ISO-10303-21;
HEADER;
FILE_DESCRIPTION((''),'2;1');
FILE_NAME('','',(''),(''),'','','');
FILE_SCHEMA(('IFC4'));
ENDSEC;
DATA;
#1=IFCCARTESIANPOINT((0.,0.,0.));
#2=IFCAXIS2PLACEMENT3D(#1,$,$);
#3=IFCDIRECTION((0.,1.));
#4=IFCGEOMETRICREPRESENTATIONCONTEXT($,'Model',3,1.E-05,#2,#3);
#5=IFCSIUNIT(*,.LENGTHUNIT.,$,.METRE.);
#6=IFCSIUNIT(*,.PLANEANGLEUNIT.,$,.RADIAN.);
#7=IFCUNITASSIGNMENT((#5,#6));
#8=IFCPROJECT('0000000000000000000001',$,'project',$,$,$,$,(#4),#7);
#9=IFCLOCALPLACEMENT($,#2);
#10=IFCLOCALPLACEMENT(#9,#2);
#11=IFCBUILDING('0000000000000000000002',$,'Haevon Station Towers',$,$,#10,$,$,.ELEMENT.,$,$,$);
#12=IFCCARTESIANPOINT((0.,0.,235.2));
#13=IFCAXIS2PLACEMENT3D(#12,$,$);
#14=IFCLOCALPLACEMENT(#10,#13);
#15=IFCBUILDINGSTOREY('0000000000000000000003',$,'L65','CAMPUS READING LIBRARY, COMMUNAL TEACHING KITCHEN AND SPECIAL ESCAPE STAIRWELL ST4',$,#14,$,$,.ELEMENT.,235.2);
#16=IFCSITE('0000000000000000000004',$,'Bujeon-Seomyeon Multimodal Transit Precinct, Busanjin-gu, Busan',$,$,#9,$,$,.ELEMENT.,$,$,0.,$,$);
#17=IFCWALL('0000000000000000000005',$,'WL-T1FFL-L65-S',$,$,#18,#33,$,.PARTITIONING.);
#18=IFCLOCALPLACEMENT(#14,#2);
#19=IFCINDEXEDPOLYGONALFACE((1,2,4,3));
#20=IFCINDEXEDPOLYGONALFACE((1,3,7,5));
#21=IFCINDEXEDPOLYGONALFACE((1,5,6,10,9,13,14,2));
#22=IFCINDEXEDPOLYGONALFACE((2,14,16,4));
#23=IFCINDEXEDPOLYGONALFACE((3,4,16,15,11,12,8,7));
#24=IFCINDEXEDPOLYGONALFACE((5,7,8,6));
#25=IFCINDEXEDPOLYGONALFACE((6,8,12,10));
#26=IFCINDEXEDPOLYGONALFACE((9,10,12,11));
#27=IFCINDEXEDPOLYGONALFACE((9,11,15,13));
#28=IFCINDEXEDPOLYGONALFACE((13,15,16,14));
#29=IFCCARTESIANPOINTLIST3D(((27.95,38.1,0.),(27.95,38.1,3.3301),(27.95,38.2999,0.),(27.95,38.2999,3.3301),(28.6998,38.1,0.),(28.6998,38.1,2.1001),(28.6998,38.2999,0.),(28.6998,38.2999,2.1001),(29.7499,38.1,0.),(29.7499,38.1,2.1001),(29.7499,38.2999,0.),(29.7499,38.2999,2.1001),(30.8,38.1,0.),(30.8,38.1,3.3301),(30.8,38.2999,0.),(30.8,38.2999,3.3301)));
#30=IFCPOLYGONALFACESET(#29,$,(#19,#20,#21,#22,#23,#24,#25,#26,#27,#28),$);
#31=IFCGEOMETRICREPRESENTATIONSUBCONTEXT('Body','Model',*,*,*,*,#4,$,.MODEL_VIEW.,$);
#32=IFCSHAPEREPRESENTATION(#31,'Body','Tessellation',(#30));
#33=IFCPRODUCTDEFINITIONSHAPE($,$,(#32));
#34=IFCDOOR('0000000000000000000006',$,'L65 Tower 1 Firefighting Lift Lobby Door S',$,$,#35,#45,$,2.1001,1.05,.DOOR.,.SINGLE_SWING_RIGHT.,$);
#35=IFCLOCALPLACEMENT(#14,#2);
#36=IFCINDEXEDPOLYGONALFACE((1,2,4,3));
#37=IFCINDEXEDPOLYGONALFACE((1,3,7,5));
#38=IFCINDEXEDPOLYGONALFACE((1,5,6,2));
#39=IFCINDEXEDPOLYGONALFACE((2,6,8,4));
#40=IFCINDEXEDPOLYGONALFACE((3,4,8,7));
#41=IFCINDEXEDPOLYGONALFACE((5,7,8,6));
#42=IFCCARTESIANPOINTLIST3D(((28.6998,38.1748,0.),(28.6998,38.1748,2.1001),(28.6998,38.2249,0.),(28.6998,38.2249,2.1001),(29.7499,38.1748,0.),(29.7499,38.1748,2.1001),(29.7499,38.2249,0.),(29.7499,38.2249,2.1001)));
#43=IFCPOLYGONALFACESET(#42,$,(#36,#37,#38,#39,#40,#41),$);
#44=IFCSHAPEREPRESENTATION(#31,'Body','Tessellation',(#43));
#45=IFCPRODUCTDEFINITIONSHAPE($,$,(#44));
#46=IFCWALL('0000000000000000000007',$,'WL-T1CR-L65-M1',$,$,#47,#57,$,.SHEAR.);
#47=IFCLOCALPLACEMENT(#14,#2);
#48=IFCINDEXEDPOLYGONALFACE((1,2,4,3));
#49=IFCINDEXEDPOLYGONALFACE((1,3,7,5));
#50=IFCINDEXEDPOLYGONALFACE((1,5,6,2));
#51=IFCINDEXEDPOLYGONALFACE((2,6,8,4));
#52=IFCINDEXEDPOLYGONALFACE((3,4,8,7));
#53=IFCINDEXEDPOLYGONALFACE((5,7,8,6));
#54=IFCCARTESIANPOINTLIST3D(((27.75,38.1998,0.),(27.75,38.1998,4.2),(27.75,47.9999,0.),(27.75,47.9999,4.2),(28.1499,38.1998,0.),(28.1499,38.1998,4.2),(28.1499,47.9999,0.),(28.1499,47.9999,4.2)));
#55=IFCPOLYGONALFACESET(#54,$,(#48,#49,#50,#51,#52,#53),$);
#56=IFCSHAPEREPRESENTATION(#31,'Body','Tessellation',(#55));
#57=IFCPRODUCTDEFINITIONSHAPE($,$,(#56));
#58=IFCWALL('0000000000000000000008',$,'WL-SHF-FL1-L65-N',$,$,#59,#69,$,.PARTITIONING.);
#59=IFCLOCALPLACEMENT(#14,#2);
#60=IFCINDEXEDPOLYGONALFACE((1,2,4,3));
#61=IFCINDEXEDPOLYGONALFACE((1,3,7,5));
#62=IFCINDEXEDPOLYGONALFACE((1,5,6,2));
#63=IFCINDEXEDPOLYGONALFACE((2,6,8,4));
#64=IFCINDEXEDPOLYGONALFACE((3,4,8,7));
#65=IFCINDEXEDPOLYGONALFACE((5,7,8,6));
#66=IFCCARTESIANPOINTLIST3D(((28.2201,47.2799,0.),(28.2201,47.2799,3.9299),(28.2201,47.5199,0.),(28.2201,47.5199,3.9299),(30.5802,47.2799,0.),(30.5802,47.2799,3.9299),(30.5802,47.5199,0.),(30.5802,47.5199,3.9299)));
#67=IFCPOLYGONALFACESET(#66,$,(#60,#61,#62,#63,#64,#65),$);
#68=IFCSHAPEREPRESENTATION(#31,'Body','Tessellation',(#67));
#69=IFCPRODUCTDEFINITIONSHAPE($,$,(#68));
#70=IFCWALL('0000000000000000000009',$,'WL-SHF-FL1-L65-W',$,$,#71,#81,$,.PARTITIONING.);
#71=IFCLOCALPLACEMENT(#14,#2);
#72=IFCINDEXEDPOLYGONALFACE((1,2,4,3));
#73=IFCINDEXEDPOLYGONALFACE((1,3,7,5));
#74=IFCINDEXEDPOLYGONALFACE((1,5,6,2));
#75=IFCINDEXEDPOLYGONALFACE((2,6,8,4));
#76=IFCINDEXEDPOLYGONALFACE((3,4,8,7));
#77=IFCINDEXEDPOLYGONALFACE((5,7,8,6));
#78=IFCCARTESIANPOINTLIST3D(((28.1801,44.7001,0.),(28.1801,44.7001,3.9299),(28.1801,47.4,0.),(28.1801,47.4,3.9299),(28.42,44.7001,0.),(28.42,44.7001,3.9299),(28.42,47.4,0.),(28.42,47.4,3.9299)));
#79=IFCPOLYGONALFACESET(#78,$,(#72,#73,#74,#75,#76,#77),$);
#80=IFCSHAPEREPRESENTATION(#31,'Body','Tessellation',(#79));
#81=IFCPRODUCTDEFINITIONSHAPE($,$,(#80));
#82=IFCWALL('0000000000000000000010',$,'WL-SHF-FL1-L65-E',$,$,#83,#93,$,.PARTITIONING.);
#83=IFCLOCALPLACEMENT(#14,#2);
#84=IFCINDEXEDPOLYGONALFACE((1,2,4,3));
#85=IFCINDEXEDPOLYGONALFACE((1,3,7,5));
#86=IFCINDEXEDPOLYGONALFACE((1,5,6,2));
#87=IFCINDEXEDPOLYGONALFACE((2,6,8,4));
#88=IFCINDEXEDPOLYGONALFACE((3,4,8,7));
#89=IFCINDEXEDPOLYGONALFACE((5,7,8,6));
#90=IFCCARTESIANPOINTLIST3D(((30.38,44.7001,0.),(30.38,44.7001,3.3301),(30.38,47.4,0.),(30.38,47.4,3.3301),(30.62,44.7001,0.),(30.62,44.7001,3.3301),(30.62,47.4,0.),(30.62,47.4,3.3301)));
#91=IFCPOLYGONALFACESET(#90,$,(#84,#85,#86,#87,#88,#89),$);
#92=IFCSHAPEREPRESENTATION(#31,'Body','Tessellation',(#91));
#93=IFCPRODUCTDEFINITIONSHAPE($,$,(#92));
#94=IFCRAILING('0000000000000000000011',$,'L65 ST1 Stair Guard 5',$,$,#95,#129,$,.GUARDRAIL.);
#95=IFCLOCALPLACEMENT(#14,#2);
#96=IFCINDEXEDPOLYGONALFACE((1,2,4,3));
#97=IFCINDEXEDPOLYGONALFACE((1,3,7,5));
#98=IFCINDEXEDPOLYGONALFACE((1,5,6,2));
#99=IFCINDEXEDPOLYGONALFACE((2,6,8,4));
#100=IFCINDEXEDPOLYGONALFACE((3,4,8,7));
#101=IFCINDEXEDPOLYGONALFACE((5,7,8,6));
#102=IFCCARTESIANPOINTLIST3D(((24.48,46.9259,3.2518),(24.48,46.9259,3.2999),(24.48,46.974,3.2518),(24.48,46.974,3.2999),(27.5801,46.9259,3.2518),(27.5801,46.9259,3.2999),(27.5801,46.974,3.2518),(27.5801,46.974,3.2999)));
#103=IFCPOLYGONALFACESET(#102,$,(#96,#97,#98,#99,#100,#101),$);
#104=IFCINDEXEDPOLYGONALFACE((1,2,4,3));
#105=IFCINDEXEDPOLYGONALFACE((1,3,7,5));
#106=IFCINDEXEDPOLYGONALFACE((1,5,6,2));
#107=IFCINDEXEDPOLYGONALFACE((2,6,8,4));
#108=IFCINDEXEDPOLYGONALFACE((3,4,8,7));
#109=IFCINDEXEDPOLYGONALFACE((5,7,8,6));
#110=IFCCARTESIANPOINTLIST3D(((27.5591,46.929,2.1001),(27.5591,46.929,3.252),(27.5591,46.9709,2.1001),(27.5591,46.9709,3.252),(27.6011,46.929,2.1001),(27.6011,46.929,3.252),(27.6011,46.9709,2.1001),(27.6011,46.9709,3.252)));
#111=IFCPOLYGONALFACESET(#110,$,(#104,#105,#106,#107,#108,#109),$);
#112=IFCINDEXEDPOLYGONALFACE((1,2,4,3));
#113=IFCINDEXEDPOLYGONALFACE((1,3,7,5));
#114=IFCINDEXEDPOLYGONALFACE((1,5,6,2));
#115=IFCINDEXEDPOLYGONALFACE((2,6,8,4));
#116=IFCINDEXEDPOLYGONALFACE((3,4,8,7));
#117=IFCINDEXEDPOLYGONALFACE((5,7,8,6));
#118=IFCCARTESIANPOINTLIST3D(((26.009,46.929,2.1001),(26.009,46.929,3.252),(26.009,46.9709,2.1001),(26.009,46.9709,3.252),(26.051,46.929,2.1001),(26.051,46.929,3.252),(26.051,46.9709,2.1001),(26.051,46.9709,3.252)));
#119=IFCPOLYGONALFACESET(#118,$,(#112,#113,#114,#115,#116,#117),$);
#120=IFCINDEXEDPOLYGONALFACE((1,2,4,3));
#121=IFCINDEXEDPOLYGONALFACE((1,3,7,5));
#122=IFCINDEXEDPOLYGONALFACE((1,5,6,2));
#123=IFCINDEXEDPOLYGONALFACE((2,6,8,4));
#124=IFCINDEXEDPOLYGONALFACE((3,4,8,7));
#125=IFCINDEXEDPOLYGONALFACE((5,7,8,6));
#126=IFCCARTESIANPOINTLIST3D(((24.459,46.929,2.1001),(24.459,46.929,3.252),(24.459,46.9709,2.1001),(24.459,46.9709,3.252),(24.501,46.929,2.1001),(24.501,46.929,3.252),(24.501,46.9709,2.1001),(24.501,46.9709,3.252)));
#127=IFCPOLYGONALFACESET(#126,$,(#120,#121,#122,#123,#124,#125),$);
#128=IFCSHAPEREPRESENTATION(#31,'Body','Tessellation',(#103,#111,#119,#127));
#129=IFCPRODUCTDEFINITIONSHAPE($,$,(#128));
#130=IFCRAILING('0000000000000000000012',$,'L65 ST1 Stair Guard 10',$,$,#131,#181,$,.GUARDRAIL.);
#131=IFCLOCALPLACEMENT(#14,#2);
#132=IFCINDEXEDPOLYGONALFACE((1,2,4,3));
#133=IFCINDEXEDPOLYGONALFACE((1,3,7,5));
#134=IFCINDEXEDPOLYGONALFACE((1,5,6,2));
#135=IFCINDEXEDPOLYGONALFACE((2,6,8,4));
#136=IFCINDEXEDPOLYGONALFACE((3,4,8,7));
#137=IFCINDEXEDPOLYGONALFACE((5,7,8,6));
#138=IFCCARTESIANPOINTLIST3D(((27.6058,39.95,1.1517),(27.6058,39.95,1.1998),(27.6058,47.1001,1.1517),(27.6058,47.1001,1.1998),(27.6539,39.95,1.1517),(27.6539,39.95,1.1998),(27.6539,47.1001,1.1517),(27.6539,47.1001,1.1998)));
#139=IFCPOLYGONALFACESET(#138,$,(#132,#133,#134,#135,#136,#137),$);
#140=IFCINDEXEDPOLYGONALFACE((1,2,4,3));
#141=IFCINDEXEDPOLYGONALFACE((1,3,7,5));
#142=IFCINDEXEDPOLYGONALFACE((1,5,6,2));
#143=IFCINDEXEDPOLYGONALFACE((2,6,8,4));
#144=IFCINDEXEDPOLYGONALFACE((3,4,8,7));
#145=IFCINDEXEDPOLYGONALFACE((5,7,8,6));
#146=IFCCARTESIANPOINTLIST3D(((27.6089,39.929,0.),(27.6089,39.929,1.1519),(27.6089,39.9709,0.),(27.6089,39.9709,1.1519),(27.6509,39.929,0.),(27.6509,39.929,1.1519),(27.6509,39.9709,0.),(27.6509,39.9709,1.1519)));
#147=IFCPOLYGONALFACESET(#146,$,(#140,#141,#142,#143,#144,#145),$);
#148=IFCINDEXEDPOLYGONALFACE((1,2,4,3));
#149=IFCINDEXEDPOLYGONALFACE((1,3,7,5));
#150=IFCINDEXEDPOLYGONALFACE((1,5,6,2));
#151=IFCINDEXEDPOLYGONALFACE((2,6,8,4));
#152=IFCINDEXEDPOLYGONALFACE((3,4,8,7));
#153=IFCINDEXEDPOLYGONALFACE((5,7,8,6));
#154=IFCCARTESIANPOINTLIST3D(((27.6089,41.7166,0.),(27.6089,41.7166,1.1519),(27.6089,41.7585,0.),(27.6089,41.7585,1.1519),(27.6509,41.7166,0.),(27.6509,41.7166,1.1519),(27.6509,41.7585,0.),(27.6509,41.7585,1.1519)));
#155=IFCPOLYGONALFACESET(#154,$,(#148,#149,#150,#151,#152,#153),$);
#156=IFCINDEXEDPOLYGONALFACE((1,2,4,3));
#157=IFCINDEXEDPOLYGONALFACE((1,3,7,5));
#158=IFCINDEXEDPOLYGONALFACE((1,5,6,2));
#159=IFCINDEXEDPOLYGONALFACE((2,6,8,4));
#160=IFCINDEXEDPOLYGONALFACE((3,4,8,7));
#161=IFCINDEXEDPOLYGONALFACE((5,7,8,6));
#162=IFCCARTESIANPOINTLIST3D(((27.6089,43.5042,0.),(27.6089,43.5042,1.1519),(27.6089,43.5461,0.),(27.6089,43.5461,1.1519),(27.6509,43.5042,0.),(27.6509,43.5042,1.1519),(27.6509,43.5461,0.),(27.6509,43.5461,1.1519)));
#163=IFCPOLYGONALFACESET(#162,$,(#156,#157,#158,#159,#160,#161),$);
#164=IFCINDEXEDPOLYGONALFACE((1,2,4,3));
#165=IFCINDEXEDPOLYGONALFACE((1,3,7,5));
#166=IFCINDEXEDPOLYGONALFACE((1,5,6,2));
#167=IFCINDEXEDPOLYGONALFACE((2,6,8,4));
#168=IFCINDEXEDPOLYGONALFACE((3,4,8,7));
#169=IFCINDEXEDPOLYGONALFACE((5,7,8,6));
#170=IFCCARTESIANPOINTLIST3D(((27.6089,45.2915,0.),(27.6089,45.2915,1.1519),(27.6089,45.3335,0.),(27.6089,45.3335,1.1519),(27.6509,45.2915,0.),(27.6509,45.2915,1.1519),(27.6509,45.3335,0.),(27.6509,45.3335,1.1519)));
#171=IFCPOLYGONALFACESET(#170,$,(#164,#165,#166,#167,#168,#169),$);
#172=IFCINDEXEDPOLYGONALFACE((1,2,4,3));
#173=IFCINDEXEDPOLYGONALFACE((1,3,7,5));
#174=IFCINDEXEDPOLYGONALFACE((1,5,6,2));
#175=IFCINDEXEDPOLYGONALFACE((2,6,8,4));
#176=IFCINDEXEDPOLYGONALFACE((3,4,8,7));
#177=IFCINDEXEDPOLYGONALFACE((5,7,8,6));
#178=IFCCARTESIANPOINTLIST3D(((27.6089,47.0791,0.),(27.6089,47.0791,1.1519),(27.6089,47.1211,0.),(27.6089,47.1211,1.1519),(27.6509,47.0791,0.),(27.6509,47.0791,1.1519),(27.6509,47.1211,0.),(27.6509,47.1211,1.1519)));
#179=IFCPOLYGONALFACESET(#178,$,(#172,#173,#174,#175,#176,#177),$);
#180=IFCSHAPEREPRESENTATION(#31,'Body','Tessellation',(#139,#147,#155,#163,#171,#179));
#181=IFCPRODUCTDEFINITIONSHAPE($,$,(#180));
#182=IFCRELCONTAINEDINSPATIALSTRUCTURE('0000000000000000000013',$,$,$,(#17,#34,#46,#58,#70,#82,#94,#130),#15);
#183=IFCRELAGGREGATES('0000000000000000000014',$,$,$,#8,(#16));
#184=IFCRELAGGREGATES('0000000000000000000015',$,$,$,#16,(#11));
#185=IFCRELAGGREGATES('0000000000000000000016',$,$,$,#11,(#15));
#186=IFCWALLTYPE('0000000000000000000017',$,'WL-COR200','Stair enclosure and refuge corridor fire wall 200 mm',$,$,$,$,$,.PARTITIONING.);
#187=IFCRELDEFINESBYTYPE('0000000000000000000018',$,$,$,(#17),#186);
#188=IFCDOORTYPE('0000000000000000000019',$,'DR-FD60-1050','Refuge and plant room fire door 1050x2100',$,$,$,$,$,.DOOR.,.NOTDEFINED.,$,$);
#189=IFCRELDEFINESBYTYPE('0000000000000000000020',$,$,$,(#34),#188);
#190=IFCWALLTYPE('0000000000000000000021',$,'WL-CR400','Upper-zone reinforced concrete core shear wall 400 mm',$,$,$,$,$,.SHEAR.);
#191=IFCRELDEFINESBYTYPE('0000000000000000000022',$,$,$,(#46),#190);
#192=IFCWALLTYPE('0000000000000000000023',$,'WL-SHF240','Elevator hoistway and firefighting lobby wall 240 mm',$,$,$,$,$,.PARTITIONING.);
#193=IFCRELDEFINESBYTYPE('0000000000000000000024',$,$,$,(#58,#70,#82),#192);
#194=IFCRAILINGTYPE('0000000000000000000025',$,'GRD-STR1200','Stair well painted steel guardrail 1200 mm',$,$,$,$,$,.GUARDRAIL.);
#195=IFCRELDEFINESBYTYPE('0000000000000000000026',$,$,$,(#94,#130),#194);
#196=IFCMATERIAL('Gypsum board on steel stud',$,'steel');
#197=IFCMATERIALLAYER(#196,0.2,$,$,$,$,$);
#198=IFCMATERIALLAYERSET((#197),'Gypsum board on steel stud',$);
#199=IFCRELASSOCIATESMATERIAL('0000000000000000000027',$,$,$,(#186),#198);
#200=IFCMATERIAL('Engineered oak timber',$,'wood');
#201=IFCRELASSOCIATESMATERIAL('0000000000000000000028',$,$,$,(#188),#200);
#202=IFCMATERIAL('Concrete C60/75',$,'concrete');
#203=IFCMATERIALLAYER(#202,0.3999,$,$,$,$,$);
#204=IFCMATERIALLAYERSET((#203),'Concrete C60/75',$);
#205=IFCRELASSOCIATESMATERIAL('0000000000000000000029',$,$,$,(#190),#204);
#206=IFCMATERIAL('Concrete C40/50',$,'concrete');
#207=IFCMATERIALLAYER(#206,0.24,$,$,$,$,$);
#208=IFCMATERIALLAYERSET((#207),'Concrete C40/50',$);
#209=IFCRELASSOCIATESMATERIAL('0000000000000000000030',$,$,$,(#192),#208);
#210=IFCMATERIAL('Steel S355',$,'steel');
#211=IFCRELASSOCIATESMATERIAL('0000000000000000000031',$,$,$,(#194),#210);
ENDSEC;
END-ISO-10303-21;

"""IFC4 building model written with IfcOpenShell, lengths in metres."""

from ifc_helpers import new_model, si_unit, direction, frame, frame_2d, origin, origin_2d, place, context, subcontext, project, spatial, rectangle, extrude, material, layer, layer_set, type_object, element, fill, save


model = new_model("IFC4")

# Units and contexts
model_context = context("Model", 3, precision=1e-05, world=origin(), true_north=direction((0.0, 1.0)))
body_context = subcontext(model_context, "Body", "Model", "MODEL_VIEW")
ifc_project = project(units=[si_unit("LENGTHUNIT", "METRE"), si_unit("PLANEANGLEUNIT", "RADIAN")], contexts=[model_context])

# Site, building, storey
site_placement = place(None, origin())
site = spatial("IfcSite", under=ifc_project, at=site_placement, Name="Bujeon-Seomyeon Multimodal Transit Precinct, Busanjin-gu, Busan", CompositionType="ELEMENT", RefElevation=0.0)
building_placement = place(site_placement, origin())
building = spatial("IfcBuilding", under=site, at=building_placement, Name="Haevon Station Towers", CompositionType="ELEMENT")
storey_placement = place(building_placement, frame((0.0, 0.0, 235.2)))
storey = spatial("IfcBuildingStorey", under=building, at=storey_placement, Name="L65", Description="CAMPUS READING LIBRARY, COMMUNAL TEACHING KITCHEN AND SPECIAL ESCAPE STAIRWELL ST4", CompositionType="ELEMENT", Elevation=235.2)

# Shared definitions
ifc_material_1 = material(Name="Steel S355", Category="steel")

# Wall, opening, door
ifc_material_2 = material(Name="Gypsum board on steel stud", Category="steel")
ifc_layer_1 = layer(ifc_material_2, 0.2)
ifc_layer_set_1 = layer_set([ifc_layer_1], Name="Gypsum board on steel stud")
wall_type_1 = type_object("IfcWallType", Name="WL-COR200", Description="Stair enclosure and refuge corridor fire wall 200 mm", PredefinedType="PARTITIONING", material=ifc_layer_set_1)
ifc_material_3 = material(Name="Engineered oak timber", Category="wood")
door_type_1 = type_object("IfcDoorType", Name="DR-FD60-1050", Description="Refuge and plant room fire door 1050x2100", OperationType="NOTDEFINED", PredefinedType="DOOR", material=ifc_material_3)
wall_1_placement = place(storey_placement, frame((27.95, 38.2, 0.0), z_axis=(0.0, 0.0, 1.0), x_axis=(1.0, 0.0, 0.0)))
wall_1 = element("IfcWall", 1, at=wall_1_placement, inside=storey, type_object=wall_type_1, Name="WL-T1FFL-L65-S", PredefinedType="PARTITIONING", context=body_context, shape_type="SweptSolid", body=[
    extrude(rectangle(XDim=2.8501, YDim=0.2, at=frame_2d((1.425, 0.0))), origin(), (0.0, 0.0, 1.0), 3.3301),
])
opening_1_placement = place(wall_1_placement, frame((0.75, 0.0, 0.0)))
opening_1 = element("IfcOpeningElement", 2, at=opening_1_placement, cuts=wall_1, PredefinedType="OPENING", context=body_context, shape_type="SweptSolid", body=[
    extrude(rectangle(XDim=1.05, YDim=2.1001, at=frame_2d((0.5249, 1.05))), frame((0.0, 0.1099, 0.0), z_axis=(0.0, -1.0, 0.0), x_axis=(1.0, 0.0, 0.0)), (0.0, 0.0, 1.0), 0.22),
])
door_1_placement = place(opening_1_placement, origin())
door_1 = element("IfcDoor", 3, at=door_1_placement, inside=storey, type_object=door_type_1, Name="L65 Tower 1 Firefighting Lift Lobby Door S", OperationType="SINGLE_SWING_RIGHT", OverallHeight=2.1001, OverallWidth=1.05, PredefinedType="DOOR", context=body_context, shape_type="SweptSolid", body=[
    extrude(rectangle(XDim=1.05, YDim=2.1001, at=frame_2d((0.5249, 1.05))), frame((0.0, 0.0249, 0.0), z_axis=(0.0, -1.0, 0.0), x_axis=(1.0, 0.0, 0.0)), (0.0, 0.0, 1.0), 0.05),
])
fill(opening_1, door_1)

# Wall
ifc_material_4 = material(Name="Concrete C60/75", Category="concrete")
ifc_layer_2 = layer(ifc_material_4, 0.3999)
ifc_layer_set_2 = layer_set([ifc_layer_2], Name="Concrete C60/75")
wall_type_2 = type_object("IfcWallType", Name="WL-CR400", Description="Upper-zone reinforced concrete core shear wall 400 mm", PredefinedType="SHEAR", material=ifc_layer_set_2)
wall_2_placement = place(storey_placement, frame((27.95, 38.2, 0.0), z_axis=(0.0, 0.0, 1.0), x_axis=(0.0, 1.0, 0.0)))
element("IfcWall", 4, at=wall_2_placement, inside=storey, type_object=wall_type_2, Name="WL-T1CR-L65-M1", PredefinedType="SHEAR", context=body_context, shape_type="SweptSolid", body=[
    extrude(rectangle(XDim=9.8, YDim=0.3999, at=frame_2d((4.8999, 0.0))), origin(), (0.0, 0.0, 1.0), 4.2),
])

# Shared definitions
ifc_material_5 = material(Name="Concrete C40/50", Category="concrete")
ifc_layer_3 = layer(ifc_material_5, 0.24)
ifc_layer_set_3 = layer_set([ifc_layer_3], Name="Concrete C40/50")
wall_type_3 = type_object("IfcWallType", Name="WL-SHF240", Description="Elevator hoistway and firefighting lobby wall 240 mm", PredefinedType="PARTITIONING", material=ifc_layer_set_3)

# Walls
wall_3_placement = place(storey_placement, frame((28.22, 47.3999, 0.0), z_axis=(0.0, 0.0, 1.0), x_axis=(1.0, 0.0, 0.0)))
element("IfcWall", 5, at=wall_3_placement, inside=storey, type_object=wall_type_3, Name="WL-SHF-FL1-L65-N", PredefinedType="PARTITIONING", context=body_context, shape_type="SweptSolid", body=[
    extrude(rectangle(XDim=2.3601, YDim=0.24, at=frame_2d((1.1802, 0.0))), origin(), (0.0, 0.0, 1.0), 3.9299),
])
wall_4_placement = place(storey_placement, frame((28.3, 44.7, 0.0), z_axis=(0.0, 0.0, 1.0), x_axis=(0.0, 1.0, 0.0)))
element("IfcWall", 6, at=wall_4_placement, inside=storey, type_object=wall_type_3, Name="WL-SHF-FL1-L65-W", PredefinedType="PARTITIONING", context=body_context, shape_type="SweptSolid", body=[
    extrude(rectangle(XDim=2.7, YDim=0.24, at=frame_2d((1.3501, 0.0))), origin(), (0.0, 0.0, 1.0), 3.9299),
])
wall_5_placement = place(storey_placement, frame((30.5, 44.7, 0.0), z_axis=(0.0, 0.0, 1.0), x_axis=(0.0, 1.0, 0.0)))
element("IfcWall", 7, at=wall_5_placement, inside=storey, type_object=wall_type_3, Name="WL-SHF-FL1-L65-E", PredefinedType="PARTITIONING", context=body_context, shape_type="SweptSolid", body=[
    extrude(rectangle(XDim=2.7, YDim=0.24, at=frame_2d((1.3501, 0.0))), origin(), (0.0, 0.0, 1.0), 3.3301),
])

# Railings
railing_type = type_object("IfcRailingType", Name="GRD-STR1200", Description="Stair well painted steel guardrail 1200 mm", PredefinedType="GUARDRAIL", material=ifc_material_1)
railing_1_placement = place(storey_placement, frame((27.5801, 46.95, 2.1001)))
element("IfcRailing", 8, at=railing_1_placement, inside=storey, type_object=railing_type, Name="L65 ST1 Stair Guard 5", PredefinedType="GUARDRAIL", context=body_context, shape_type="SweptSolid", body=[
    extrude(rectangle(XDim=0.0481, YDim=0.0481, at=origin_2d()), frame((0.0, 0.0, 1.1758), z_axis=(-1.0, 0.0, 0.0), x_axis=(0.0, -1.0, 0.0)), (0.0, 0.0, 1.0), 3.1001),
    extrude(rectangle(XDim=0.042, YDim=0.042, at=origin_2d()), origin(), (0.0, 0.0, 1.0), 1.1519),
    extrude(rectangle(XDim=0.042, YDim=0.042, at=origin_2d()), frame((-1.55, 0.0, 0.0)), (0.0, 0.0, 1.0), 1.1519),
    extrude(rectangle(XDim=0.042, YDim=0.042, at=origin_2d()), frame((-3.1001, 0.0, 0.0)), (0.0, 0.0, 1.0), 1.1519),
])
railing_2_placement = place(storey_placement, frame((27.6299, 39.95, 0.0)))
element("IfcRailing", 9, at=railing_2_placement, inside=storey, type_object=railing_type, Name="L65 ST1 Stair Guard 10", PredefinedType="GUARDRAIL", context=body_context, shape_type="SweptSolid", body=[
    extrude(rectangle(XDim=0.0481, YDim=0.0481, at=origin_2d()), frame((0.0, 0.0, 1.1758), z_axis=(0.0, 1.0, 0.0), x_axis=(-1.0, 0.0, 0.0)), (0.0, 0.0, 1.0), 7.1501),
    extrude(rectangle(XDim=0.042, YDim=0.042, at=origin_2d()), origin(), (0.0, 0.0, 1.0), 1.1519),
    extrude(rectangle(XDim=0.042, YDim=0.042, at=origin_2d()), frame((0.0, 1.7876, 0.0)), (0.0, 0.0, 1.0), 1.1519),
    extrude(rectangle(XDim=0.042, YDim=0.042, at=origin_2d()), frame((0.0, 3.5752, 0.0)), (0.0, 0.0, 1.0), 1.1519),
    extrude(rectangle(XDim=0.042, YDim=0.042, at=origin_2d()), frame((0.0, 5.3625, 0.0)), (0.0, 0.0, 1.0), 1.1519),
    extrude(rectangle(XDim=0.042, YDim=0.042, at=origin_2d()), frame((0.0, 7.1501, 0.0)), (0.0, 0.0, 1.0), 1.1519),
])

save(model, "model.ifc")
